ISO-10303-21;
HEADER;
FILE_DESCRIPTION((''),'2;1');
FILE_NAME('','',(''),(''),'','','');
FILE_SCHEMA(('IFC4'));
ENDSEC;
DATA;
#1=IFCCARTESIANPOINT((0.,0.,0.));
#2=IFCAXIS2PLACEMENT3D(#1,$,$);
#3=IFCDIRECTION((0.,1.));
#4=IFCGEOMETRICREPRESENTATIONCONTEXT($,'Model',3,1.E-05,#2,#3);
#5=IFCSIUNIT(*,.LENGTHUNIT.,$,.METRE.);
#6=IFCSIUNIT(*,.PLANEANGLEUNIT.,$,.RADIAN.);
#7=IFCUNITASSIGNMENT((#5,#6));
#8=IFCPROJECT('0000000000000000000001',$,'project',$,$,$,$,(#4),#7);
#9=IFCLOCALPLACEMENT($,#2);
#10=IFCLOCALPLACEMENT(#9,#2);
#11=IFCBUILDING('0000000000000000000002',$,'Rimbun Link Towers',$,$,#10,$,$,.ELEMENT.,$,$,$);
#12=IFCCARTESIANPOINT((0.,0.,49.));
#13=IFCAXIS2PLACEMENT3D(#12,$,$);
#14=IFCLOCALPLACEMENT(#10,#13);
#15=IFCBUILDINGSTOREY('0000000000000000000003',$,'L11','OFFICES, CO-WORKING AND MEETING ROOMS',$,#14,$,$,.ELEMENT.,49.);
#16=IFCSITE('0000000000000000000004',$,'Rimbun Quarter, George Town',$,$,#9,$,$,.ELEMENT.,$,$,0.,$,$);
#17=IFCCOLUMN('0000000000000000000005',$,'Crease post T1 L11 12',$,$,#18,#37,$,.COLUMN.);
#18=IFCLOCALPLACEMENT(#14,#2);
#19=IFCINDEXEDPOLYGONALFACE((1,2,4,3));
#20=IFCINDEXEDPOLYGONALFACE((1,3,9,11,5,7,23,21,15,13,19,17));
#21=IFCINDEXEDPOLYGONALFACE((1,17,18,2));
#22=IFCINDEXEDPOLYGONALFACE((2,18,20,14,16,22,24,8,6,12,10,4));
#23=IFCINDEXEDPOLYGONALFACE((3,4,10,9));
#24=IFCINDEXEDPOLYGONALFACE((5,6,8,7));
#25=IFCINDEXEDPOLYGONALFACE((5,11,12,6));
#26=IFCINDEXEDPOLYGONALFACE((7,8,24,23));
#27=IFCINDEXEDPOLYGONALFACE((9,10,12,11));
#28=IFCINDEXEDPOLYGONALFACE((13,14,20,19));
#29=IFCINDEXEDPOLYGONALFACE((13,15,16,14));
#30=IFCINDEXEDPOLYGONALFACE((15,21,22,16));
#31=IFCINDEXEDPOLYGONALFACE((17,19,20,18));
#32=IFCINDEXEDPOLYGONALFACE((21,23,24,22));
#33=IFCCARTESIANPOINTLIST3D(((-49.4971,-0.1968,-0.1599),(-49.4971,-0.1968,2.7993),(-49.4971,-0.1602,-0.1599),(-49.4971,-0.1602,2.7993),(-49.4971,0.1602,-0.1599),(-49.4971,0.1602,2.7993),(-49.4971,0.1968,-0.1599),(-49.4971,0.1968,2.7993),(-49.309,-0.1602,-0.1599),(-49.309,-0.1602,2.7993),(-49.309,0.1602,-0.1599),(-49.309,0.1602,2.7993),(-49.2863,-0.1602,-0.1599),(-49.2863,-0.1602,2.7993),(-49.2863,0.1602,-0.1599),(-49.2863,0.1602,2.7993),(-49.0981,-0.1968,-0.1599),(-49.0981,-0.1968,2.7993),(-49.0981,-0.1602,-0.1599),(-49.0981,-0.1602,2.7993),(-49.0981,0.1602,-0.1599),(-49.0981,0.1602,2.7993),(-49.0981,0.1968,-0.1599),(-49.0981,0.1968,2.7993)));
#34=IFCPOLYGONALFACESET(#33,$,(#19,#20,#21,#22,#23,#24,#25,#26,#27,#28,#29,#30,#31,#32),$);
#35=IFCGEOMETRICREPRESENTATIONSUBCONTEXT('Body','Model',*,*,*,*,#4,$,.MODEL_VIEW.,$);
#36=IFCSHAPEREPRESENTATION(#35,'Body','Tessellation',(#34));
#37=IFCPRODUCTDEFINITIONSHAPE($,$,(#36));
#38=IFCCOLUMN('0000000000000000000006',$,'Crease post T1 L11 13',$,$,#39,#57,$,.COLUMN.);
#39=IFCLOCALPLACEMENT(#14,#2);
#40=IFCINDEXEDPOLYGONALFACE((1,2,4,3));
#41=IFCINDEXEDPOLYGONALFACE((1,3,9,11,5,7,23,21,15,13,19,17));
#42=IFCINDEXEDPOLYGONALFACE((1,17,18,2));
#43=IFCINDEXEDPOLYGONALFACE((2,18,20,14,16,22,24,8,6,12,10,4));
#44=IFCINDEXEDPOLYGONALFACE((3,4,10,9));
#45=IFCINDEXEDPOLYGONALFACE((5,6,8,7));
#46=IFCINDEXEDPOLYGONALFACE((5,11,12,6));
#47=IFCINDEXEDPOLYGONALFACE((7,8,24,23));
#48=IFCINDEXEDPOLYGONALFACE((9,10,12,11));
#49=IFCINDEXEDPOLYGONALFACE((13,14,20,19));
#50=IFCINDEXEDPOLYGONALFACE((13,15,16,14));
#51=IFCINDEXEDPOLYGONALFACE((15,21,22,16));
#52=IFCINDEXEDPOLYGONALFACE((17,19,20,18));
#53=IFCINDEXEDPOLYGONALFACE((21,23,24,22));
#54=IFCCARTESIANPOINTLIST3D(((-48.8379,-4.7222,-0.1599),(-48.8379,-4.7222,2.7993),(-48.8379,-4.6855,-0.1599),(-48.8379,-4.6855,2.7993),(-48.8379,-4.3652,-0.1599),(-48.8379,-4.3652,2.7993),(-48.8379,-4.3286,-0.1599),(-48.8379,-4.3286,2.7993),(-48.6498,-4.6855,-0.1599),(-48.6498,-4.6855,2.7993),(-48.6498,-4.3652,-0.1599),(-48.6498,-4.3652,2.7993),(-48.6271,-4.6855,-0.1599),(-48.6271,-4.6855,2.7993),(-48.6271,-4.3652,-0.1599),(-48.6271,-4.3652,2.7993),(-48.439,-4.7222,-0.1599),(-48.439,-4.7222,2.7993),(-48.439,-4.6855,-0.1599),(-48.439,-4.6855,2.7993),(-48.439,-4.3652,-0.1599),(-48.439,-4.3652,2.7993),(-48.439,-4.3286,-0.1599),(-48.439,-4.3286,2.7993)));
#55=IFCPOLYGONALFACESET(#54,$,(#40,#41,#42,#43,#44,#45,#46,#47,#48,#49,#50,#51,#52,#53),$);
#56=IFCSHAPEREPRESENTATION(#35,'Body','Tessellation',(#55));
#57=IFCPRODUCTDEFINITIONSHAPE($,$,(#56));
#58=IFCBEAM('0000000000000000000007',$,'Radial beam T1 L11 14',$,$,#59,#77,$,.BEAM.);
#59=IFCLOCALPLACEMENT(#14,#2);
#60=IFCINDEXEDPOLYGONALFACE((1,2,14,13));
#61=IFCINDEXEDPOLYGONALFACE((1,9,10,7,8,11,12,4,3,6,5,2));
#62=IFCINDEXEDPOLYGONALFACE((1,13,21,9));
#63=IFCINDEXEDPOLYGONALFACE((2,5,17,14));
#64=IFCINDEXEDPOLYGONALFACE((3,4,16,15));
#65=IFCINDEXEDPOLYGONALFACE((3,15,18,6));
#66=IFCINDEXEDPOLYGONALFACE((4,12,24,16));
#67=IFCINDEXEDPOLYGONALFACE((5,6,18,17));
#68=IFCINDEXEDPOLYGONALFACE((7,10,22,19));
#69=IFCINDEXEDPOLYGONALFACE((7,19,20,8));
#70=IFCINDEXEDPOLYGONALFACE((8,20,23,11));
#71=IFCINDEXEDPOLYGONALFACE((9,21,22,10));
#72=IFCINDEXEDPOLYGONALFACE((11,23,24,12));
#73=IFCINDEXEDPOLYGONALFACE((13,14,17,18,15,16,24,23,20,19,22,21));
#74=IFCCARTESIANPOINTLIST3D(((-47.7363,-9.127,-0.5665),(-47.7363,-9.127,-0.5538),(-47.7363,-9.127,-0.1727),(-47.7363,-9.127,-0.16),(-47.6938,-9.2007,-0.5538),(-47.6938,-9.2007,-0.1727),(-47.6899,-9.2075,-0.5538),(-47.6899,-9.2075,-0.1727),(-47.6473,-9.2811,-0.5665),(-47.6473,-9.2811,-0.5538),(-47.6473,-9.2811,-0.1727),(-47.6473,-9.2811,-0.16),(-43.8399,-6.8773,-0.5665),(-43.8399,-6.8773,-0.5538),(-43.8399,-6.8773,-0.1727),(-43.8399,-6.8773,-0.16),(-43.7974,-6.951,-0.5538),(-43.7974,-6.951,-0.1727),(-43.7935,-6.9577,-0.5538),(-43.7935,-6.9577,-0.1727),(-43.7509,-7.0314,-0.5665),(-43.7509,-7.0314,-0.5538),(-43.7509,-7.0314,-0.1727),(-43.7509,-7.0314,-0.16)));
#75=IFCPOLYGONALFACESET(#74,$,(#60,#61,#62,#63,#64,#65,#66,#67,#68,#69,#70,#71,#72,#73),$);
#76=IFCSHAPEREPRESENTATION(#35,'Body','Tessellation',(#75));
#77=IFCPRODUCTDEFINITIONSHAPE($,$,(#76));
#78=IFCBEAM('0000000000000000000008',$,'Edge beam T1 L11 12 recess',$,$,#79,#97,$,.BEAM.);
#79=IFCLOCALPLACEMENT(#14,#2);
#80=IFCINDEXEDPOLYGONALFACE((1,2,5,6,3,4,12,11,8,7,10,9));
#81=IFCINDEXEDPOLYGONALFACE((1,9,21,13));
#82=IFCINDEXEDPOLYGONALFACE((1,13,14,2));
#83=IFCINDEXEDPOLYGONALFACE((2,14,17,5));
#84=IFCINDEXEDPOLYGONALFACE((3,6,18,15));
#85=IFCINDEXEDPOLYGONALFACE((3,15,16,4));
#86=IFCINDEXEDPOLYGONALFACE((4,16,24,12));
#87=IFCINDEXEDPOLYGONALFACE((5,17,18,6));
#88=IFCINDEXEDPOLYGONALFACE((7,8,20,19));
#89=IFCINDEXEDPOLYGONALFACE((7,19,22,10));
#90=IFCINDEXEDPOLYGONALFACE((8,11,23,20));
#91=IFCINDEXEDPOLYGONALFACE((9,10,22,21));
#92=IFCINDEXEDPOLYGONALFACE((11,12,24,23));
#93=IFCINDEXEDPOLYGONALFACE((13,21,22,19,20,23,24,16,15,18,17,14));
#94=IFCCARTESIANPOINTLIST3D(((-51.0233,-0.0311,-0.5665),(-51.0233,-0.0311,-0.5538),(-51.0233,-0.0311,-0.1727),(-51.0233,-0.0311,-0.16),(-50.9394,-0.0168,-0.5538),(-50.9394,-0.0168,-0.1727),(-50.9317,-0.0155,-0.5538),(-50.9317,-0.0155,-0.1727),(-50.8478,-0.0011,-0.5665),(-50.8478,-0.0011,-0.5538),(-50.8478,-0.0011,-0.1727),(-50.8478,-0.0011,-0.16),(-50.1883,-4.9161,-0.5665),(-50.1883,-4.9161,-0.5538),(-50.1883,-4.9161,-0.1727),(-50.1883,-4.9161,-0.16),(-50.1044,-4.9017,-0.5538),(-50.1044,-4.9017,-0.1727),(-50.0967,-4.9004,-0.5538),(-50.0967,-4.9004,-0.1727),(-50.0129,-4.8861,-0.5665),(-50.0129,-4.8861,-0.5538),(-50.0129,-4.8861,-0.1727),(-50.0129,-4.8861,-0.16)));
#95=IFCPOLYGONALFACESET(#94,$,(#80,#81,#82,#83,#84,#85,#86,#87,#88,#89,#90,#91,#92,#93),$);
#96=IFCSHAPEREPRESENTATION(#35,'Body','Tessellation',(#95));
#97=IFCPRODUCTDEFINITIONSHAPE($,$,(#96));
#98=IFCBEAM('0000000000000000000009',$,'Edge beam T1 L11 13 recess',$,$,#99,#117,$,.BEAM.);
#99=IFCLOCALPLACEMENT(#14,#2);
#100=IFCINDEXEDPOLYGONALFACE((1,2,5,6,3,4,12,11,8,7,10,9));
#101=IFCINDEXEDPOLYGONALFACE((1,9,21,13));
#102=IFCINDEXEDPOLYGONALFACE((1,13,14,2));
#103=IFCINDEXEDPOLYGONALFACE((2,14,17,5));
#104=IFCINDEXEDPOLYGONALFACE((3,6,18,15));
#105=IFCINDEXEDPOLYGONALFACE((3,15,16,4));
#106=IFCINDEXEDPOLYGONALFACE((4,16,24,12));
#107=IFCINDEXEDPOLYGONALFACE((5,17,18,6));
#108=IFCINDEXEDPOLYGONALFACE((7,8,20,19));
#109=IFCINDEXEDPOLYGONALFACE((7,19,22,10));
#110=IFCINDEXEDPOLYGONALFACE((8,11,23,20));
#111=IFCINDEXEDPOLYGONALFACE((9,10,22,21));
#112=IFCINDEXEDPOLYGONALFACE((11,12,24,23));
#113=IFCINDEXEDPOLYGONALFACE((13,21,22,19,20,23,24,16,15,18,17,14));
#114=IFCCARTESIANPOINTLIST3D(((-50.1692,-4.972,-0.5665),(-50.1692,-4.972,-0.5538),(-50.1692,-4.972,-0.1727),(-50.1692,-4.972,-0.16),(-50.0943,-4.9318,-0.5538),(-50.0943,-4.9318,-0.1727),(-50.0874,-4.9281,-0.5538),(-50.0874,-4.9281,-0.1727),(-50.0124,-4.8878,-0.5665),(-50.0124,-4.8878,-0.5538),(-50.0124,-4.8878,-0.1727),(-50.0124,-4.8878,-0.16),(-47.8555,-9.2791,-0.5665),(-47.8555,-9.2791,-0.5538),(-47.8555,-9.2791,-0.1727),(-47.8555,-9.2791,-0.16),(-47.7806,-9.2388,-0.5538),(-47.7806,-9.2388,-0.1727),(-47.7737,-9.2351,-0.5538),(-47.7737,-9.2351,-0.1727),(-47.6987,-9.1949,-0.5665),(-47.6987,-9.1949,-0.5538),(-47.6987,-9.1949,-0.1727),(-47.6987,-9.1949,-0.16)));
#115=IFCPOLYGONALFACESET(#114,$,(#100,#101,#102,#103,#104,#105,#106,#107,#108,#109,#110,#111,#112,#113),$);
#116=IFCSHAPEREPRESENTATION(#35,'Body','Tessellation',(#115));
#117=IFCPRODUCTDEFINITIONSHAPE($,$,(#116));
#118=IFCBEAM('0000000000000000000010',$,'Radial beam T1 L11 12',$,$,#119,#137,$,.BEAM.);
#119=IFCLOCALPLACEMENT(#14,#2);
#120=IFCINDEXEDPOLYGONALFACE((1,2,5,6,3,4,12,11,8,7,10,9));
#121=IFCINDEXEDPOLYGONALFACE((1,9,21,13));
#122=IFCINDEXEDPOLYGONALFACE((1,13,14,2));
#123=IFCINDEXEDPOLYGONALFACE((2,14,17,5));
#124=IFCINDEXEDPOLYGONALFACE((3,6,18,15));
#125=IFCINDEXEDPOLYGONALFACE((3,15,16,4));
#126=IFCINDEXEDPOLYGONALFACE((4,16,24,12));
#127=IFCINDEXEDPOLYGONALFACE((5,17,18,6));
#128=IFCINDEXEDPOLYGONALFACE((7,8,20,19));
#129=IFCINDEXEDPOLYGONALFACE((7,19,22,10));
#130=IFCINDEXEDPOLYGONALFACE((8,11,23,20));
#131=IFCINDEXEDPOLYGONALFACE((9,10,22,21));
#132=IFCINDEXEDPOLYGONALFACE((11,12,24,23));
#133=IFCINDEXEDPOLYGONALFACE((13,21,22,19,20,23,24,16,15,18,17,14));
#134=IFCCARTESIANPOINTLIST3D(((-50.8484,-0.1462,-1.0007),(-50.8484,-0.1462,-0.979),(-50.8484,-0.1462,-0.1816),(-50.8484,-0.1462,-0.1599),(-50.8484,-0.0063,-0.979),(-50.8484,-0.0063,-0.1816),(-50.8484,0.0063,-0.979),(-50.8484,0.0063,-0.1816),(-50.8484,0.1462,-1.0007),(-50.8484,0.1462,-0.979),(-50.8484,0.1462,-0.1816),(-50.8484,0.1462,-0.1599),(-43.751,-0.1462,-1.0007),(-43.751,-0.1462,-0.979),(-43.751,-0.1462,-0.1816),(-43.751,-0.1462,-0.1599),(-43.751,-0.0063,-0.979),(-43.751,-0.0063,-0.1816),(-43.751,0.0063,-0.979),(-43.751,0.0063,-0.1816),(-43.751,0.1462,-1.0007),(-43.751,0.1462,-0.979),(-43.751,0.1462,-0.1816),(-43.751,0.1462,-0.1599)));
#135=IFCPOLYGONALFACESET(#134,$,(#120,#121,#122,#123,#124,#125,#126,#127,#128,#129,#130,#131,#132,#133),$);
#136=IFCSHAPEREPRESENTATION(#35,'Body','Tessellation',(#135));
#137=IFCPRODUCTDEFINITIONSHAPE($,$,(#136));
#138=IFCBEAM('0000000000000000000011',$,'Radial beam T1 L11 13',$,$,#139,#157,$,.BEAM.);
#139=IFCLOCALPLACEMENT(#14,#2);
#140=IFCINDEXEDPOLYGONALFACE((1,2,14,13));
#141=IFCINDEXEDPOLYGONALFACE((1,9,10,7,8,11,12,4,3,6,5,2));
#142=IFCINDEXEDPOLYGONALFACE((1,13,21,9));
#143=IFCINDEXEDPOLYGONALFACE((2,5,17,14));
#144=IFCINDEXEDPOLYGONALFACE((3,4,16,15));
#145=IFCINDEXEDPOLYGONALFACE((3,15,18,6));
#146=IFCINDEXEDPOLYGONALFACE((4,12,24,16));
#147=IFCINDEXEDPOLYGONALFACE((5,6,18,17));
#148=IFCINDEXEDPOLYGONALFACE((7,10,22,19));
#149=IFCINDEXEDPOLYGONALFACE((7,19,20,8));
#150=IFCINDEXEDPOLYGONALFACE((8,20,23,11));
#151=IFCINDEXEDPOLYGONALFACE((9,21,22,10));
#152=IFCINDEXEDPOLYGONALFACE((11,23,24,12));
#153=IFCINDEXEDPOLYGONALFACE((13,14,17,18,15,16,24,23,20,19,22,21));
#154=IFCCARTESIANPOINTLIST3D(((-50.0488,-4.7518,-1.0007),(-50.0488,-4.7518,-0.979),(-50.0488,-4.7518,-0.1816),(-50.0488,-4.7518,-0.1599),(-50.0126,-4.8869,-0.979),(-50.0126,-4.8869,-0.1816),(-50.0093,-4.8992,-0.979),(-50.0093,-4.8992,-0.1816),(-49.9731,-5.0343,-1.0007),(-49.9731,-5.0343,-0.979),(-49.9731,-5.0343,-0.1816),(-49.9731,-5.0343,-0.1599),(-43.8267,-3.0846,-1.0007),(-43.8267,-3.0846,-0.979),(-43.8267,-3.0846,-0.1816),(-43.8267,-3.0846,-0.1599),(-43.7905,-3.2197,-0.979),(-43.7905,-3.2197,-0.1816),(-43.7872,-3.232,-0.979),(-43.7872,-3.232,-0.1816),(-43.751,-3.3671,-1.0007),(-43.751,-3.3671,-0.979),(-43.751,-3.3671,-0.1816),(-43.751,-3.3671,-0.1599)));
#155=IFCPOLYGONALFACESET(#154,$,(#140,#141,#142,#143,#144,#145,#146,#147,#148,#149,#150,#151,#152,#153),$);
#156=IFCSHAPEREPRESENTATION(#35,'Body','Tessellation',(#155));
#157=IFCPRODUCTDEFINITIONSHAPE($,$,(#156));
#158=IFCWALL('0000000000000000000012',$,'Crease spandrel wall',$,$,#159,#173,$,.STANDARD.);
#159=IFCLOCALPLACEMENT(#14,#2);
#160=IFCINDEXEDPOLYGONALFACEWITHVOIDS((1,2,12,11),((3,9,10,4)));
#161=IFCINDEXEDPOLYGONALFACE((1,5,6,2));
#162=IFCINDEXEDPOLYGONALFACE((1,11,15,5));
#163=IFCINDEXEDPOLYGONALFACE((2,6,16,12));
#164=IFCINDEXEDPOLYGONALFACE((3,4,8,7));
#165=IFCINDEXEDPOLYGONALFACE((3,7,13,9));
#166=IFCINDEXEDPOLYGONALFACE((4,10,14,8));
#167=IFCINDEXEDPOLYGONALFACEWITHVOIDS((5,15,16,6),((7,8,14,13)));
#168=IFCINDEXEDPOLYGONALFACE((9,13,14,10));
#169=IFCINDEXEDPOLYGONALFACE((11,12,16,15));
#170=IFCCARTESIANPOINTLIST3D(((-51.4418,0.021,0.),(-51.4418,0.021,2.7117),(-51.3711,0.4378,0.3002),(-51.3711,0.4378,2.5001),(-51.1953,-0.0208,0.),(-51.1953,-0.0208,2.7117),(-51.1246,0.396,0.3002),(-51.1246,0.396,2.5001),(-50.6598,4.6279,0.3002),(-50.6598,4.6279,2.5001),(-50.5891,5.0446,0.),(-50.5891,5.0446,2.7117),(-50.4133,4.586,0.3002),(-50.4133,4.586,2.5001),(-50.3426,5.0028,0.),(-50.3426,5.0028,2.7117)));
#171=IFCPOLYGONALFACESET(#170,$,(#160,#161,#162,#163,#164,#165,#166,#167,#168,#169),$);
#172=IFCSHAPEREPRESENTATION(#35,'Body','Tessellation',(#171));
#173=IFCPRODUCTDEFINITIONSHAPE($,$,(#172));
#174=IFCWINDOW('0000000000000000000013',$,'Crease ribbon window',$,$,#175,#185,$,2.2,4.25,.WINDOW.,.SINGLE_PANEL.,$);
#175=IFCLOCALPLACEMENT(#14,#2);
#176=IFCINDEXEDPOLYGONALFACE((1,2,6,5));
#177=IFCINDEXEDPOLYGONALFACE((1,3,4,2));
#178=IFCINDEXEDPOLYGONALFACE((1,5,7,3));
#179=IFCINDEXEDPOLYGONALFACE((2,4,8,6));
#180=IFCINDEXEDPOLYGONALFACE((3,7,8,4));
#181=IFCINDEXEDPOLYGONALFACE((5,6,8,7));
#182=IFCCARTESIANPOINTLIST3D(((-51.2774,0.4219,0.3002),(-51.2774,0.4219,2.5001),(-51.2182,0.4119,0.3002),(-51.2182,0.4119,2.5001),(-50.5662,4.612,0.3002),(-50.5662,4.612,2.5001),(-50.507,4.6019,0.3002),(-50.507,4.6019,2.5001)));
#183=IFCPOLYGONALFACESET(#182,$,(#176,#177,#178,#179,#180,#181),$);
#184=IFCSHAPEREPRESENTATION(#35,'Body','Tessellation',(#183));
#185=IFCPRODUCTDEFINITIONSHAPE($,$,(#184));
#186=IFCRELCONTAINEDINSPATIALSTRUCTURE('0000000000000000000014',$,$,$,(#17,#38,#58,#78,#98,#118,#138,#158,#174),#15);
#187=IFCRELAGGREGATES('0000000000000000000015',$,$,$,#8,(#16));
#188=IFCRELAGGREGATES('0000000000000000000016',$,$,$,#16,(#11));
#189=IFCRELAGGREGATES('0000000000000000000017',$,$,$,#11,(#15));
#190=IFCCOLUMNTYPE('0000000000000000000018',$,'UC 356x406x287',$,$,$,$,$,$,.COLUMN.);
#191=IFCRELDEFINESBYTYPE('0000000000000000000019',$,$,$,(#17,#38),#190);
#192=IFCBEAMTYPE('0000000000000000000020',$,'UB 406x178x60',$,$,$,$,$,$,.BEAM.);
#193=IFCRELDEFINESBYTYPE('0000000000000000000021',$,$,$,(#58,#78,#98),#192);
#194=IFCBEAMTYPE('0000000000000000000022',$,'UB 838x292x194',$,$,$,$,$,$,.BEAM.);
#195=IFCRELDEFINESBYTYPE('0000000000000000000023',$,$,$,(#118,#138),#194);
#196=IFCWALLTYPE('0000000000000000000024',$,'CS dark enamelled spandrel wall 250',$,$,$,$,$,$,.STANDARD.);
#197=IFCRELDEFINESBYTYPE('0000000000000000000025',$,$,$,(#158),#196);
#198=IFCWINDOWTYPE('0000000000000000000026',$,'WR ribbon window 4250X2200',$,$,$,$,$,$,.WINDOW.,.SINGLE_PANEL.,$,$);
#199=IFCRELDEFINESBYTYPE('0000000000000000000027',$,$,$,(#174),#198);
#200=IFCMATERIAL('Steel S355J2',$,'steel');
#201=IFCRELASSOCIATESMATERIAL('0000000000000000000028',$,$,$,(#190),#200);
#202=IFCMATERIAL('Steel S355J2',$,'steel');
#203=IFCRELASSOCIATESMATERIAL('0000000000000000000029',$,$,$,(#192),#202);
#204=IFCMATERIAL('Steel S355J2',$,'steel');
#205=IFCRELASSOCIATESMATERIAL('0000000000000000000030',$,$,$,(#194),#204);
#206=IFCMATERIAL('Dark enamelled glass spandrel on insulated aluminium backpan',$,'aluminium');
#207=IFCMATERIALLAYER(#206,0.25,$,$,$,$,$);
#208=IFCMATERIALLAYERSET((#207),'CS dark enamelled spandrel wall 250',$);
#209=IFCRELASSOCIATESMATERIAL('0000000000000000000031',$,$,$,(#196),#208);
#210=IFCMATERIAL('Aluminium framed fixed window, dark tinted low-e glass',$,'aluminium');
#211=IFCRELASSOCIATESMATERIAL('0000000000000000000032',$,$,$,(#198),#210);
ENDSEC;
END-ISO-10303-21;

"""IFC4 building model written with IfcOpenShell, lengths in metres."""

from ifc_helpers import new_model, si_unit, direction, frame, frame_2d, origin, origin_2d, place, context, subcontext, project, spatial, rectangle, i_section, extrude, material, layer, layer_set, material_profile, profile_set, type_object, element, fill, save


model = new_model("IFC4")

# Units and contexts
model_context = context("Model", 3, precision=1e-05, world=origin(), true_north=direction((0.0, 1.0)))
body_context = subcontext(model_context, "Body", "Model", "MODEL_VIEW")
ifc_project = project(units=[si_unit("LENGTHUNIT", "METRE"), si_unit("PLANEANGLEUNIT", "RADIAN")], contexts=[model_context])

# Site, building, storey
site_placement = place(None, origin())
site = spatial("IfcSite", under=ifc_project, at=site_placement, Name="Rimbun Quarter, George Town", CompositionType="ELEMENT", RefElevation=0.0)
building_placement = place(site_placement, origin())
building = spatial("IfcBuilding", under=site, at=building_placement, Name="Rimbun Link Towers", CompositionType="ELEMENT")
storey_placement = place(building_placement, frame((0.0, 0.0, 49.0)))
storey = spatial("IfcBuildingStorey", under=building, at=storey_placement, Name="L11", Description="OFFICES, CO-WORKING AND MEETING ROOMS", CompositionType="ELEMENT", Elevation=49.0)

# Columns
ifc_material_1 = material(Name="Steel S355J2", Category="steel")
ifc_material_profile_1 = material_profile(ifc_material_1, i_section(OverallWidth=0.3989, OverallDepth=0.3936, WebThickness=0.0227, FlangeThickness=0.0366, at=origin_2d()), Name="UC 356x406x287")
ifc_profile_set_1 = profile_set([ifc_material_profile_1], Name="Steel S355J2")
column_type = type_object("IfcColumnType", Name="UC 356x406x287", PredefinedType="COLUMN", material=ifc_profile_set_1)
for number, where, z_axis, x_axis, name in (
    (1, (-49.2976, 0.0, -0.1599), (0.0, 0.0, 1.0), (1.0, 0.0, 0.0), "Crease post T1 L11 12"),
    (2, (-48.6384, -4.5254, -0.1599), (0.0, 0.0, 1.0), (1.0, 0.0, 0.0), "Crease post T1 L11 13"),
):
    element("IfcColumn", number, at=place(storey_placement, frame(where, z_axis=z_axis, x_axis=x_axis)), inside=storey, type_object=column_type, Name=name, PredefinedType="COLUMN", context=body_context, shape_type="SweptSolid", body=[
        extrude(i_section(OverallWidth=0.3989, OverallDepth=0.3936, WebThickness=0.0227, FlangeThickness=0.0366, at=origin_2d()), origin(), (0.0, 0.0, 1.0), 2.9592),
    ])

# Beams
ifc_material_2 = material(Name="Steel S355J2", Category="steel")
ifc_material_profile_2 = material_profile(ifc_material_2, i_section(OverallWidth=0.178, OverallDepth=0.4065, WebThickness=0.0078, FlangeThickness=0.0127, at=origin_2d()), Name="UB 406x178x60")
ifc_profile_set_2 = profile_set([ifc_material_profile_2], Name="Steel S355J2")
beam_type_1 = type_object("IfcBeamType", Name="UB 406x178x60", PredefinedType="BEAM", material=ifc_profile_set_2)
beam_1_placement = place(storey_placement, frame((-43.7954, -6.9543, -0.3633), z_axis=(-0.866014, -0.50002, 0.0), x_axis=(0.50002, -0.866014, 0.0)))
element("IfcBeam", 3, at=beam_1_placement, inside=storey, type_object=beam_type_1, Name="Radial beam T1 L11 14", PredefinedType="BEAM", context=body_context, shape_type="SweptSolid", body=[
    extrude(i_section(OverallWidth=0.178, OverallDepth=0.4065, WebThickness=0.0078, FlangeThickness=0.0127, at=origin_2d()), origin(), (0.0, 0.0, 1.0), 4.4993),
])
beam_2_placement = place(storey_placement, frame((-50.9355, -0.0161, -0.3633), z_axis=(0.16848, -0.985705, 0.0), x_axis=(0.985705, 0.16848, 0.0)))
element("IfcBeam", 4, at=beam_2_placement, inside=storey, type_object=beam_type_1, Name="Edge beam T1 L11 12 recess", PredefinedType="BEAM", context=body_context, shape_type="SweptSolid", body=[
    extrude(i_section(OverallWidth=0.178, OverallDepth=0.4065, WebThickness=0.0078, FlangeThickness=0.0127, at=origin_2d()), origin(), (0.0, 0.0, 1.0), 4.9558),
])
beam_3_placement = place(storey_placement, frame((-50.0908, -4.9299, -0.3633), z_axis=(0.473227, -0.88094, 0.0), x_axis=(0.88094, 0.473227, 0.0)))
element("IfcBeam", 5, at=beam_3_placement, inside=storey, type_object=beam_type_1, Name="Edge beam T1 L11 13 recess", PredefinedType="BEAM", context=body_context, shape_type="SweptSolid", body=[
    extrude(i_section(OverallWidth=0.178, OverallDepth=0.4065, WebThickness=0.0078, FlangeThickness=0.0127, at=origin_2d()), origin(), (0.0, 0.0, 1.0), 4.8892),
])
ifc_material_3 = material(Name="Steel S355J2", Category="steel")
ifc_material_profile_3 = material_profile(ifc_material_3, i_section(OverallWidth=0.2925, OverallDepth=0.8408, WebThickness=0.0127, FlangeThickness=0.0217, at=origin_2d()), Name="UB 838x292x194")
ifc_profile_set_3 = profile_set([ifc_material_profile_3], Name="Steel S355J2")
beam_type_2 = type_object("IfcBeamType", Name="UB 838x292x194", PredefinedType="BEAM", material=ifc_profile_set_3)
beam_4_placement = place(storey_placement, frame((-43.751, 0.0, -0.5803), z_axis=(-1.0, 0.0, 0.0), x_axis=(0.0, -1.0, 0.0)))
element("IfcBeam", 6, at=beam_4_placement, inside=storey, type_object=beam_type_2, Name="Radial beam T1 L11 12", PredefinedType="BEAM", context=body_context, shape_type="SweptSolid", body=[
    extrude(i_section(OverallWidth=0.2925, OverallDepth=0.8408, WebThickness=0.0127, FlangeThickness=0.0217, at=origin_2d()), origin(), (0.0, 0.0, 1.0), 7.0974),
])
beam_5_placement = place(storey_placement, frame((-43.7888, -3.2258, -0.5803), z_axis=(-0.965925, -0.258821, 0.0), x_axis=(0.258821, -0.965925, 0.0)))
element("IfcBeam", 7, at=beam_5_placement, inside=storey, type_object=beam_type_2, Name="Radial beam T1 L11 13", PredefinedType="BEAM", context=body_context, shape_type="SweptSolid", body=[
    extrude(i_section(OverallWidth=0.2925, OverallDepth=0.8408, WebThickness=0.0127, FlangeThickness=0.0217, at=origin_2d()), origin(), (0.0, 0.0, 1.0), 6.4417),
])

# Wall, opening, window
ifc_material_4 = material(Name="Dark enamelled glass spandrel on insulated aluminium backpan", Category="aluminium")
ifc_layer_1 = layer(ifc_material_4, 0.25)
ifc_layer_set_1 = layer_set([ifc_layer_1], Name="CS dark enamelled spandrel wall 250")
wall_type_1 = type_object("IfcWallType", Name="CS dark enamelled spandrel wall 250", PredefinedType="STANDARD", material=ifc_layer_set_1)
wall_1_placement = place(storey_placement, frame((-51.3186, 0.0, 0.0), z_axis=(0.0, 0.0, 1.0), x_axis=(0.167358, 0.985896, 0.0)))
wall_1 = element("IfcWall", 8, at=wall_1_placement, inside=storey, type_object=wall_type_1, Name="Crease spandrel wall", PredefinedType="STANDARD", context=body_context, shape_type="SweptSolid", body=[
    extrude(rectangle(XDim=5.0955, YDim=0.25, at=frame_2d((2.5479, 0.0))), origin(), (0.0, 0.0, 1.0), 2.7117),
])
opening_1_placement = place(wall_1_placement, frame((0.4229, 0.0, 0.3)))
opening_1 = element("IfcOpeningElement", 9, at=opening_1_placement, cuts=wall_1, PredefinedType="OPENING", context=body_context, shape_type="SweptSolid", body=[
    extrude(rectangle(XDim=4.25, YDim=2.2, at=frame_2d((2.125, 1.1001))), frame((0.0, 0.135, 0.0), z_axis=(0.0, -1.0, 0.0), x_axis=(1.0, 0.0, 0.0)), (0.0, 0.0, 1.0), 0.27),
])
ifc_material_5 = material(Name="Aluminium framed fixed window, dark tinted low-e glass", Category="aluminium")
window_type_1 = type_object("IfcWindowType", Name="WR ribbon window 4250X2200", PartitioningType="SINGLE_PANEL", PredefinedType="WINDOW", material=ifc_material_5)
window_1_placement = place(opening_1_placement, origin())
window_1 = element("IfcWindow", 10, at=window_1_placement, inside=storey, type_object=window_type_1, Name="Crease ribbon window", OverallHeight=2.2, OverallWidth=4.25, PartitioningType="SINGLE_PANEL", PredefinedType="WINDOW", context=body_context, shape_type="SweptSolid", body=[
    extrude(rectangle(XDim=4.25, YDim=2.2, at=frame_2d((2.125, 1.1001))), frame((0.0, 0.03, 0.0), z_axis=(0.0, -1.0, 0.0), x_axis=(1.0, 0.0, 0.0)), (0.0, 0.0, 1.0), 0.0601),
])
fill(opening_1, window_1)

save(model, "model.ifc")
